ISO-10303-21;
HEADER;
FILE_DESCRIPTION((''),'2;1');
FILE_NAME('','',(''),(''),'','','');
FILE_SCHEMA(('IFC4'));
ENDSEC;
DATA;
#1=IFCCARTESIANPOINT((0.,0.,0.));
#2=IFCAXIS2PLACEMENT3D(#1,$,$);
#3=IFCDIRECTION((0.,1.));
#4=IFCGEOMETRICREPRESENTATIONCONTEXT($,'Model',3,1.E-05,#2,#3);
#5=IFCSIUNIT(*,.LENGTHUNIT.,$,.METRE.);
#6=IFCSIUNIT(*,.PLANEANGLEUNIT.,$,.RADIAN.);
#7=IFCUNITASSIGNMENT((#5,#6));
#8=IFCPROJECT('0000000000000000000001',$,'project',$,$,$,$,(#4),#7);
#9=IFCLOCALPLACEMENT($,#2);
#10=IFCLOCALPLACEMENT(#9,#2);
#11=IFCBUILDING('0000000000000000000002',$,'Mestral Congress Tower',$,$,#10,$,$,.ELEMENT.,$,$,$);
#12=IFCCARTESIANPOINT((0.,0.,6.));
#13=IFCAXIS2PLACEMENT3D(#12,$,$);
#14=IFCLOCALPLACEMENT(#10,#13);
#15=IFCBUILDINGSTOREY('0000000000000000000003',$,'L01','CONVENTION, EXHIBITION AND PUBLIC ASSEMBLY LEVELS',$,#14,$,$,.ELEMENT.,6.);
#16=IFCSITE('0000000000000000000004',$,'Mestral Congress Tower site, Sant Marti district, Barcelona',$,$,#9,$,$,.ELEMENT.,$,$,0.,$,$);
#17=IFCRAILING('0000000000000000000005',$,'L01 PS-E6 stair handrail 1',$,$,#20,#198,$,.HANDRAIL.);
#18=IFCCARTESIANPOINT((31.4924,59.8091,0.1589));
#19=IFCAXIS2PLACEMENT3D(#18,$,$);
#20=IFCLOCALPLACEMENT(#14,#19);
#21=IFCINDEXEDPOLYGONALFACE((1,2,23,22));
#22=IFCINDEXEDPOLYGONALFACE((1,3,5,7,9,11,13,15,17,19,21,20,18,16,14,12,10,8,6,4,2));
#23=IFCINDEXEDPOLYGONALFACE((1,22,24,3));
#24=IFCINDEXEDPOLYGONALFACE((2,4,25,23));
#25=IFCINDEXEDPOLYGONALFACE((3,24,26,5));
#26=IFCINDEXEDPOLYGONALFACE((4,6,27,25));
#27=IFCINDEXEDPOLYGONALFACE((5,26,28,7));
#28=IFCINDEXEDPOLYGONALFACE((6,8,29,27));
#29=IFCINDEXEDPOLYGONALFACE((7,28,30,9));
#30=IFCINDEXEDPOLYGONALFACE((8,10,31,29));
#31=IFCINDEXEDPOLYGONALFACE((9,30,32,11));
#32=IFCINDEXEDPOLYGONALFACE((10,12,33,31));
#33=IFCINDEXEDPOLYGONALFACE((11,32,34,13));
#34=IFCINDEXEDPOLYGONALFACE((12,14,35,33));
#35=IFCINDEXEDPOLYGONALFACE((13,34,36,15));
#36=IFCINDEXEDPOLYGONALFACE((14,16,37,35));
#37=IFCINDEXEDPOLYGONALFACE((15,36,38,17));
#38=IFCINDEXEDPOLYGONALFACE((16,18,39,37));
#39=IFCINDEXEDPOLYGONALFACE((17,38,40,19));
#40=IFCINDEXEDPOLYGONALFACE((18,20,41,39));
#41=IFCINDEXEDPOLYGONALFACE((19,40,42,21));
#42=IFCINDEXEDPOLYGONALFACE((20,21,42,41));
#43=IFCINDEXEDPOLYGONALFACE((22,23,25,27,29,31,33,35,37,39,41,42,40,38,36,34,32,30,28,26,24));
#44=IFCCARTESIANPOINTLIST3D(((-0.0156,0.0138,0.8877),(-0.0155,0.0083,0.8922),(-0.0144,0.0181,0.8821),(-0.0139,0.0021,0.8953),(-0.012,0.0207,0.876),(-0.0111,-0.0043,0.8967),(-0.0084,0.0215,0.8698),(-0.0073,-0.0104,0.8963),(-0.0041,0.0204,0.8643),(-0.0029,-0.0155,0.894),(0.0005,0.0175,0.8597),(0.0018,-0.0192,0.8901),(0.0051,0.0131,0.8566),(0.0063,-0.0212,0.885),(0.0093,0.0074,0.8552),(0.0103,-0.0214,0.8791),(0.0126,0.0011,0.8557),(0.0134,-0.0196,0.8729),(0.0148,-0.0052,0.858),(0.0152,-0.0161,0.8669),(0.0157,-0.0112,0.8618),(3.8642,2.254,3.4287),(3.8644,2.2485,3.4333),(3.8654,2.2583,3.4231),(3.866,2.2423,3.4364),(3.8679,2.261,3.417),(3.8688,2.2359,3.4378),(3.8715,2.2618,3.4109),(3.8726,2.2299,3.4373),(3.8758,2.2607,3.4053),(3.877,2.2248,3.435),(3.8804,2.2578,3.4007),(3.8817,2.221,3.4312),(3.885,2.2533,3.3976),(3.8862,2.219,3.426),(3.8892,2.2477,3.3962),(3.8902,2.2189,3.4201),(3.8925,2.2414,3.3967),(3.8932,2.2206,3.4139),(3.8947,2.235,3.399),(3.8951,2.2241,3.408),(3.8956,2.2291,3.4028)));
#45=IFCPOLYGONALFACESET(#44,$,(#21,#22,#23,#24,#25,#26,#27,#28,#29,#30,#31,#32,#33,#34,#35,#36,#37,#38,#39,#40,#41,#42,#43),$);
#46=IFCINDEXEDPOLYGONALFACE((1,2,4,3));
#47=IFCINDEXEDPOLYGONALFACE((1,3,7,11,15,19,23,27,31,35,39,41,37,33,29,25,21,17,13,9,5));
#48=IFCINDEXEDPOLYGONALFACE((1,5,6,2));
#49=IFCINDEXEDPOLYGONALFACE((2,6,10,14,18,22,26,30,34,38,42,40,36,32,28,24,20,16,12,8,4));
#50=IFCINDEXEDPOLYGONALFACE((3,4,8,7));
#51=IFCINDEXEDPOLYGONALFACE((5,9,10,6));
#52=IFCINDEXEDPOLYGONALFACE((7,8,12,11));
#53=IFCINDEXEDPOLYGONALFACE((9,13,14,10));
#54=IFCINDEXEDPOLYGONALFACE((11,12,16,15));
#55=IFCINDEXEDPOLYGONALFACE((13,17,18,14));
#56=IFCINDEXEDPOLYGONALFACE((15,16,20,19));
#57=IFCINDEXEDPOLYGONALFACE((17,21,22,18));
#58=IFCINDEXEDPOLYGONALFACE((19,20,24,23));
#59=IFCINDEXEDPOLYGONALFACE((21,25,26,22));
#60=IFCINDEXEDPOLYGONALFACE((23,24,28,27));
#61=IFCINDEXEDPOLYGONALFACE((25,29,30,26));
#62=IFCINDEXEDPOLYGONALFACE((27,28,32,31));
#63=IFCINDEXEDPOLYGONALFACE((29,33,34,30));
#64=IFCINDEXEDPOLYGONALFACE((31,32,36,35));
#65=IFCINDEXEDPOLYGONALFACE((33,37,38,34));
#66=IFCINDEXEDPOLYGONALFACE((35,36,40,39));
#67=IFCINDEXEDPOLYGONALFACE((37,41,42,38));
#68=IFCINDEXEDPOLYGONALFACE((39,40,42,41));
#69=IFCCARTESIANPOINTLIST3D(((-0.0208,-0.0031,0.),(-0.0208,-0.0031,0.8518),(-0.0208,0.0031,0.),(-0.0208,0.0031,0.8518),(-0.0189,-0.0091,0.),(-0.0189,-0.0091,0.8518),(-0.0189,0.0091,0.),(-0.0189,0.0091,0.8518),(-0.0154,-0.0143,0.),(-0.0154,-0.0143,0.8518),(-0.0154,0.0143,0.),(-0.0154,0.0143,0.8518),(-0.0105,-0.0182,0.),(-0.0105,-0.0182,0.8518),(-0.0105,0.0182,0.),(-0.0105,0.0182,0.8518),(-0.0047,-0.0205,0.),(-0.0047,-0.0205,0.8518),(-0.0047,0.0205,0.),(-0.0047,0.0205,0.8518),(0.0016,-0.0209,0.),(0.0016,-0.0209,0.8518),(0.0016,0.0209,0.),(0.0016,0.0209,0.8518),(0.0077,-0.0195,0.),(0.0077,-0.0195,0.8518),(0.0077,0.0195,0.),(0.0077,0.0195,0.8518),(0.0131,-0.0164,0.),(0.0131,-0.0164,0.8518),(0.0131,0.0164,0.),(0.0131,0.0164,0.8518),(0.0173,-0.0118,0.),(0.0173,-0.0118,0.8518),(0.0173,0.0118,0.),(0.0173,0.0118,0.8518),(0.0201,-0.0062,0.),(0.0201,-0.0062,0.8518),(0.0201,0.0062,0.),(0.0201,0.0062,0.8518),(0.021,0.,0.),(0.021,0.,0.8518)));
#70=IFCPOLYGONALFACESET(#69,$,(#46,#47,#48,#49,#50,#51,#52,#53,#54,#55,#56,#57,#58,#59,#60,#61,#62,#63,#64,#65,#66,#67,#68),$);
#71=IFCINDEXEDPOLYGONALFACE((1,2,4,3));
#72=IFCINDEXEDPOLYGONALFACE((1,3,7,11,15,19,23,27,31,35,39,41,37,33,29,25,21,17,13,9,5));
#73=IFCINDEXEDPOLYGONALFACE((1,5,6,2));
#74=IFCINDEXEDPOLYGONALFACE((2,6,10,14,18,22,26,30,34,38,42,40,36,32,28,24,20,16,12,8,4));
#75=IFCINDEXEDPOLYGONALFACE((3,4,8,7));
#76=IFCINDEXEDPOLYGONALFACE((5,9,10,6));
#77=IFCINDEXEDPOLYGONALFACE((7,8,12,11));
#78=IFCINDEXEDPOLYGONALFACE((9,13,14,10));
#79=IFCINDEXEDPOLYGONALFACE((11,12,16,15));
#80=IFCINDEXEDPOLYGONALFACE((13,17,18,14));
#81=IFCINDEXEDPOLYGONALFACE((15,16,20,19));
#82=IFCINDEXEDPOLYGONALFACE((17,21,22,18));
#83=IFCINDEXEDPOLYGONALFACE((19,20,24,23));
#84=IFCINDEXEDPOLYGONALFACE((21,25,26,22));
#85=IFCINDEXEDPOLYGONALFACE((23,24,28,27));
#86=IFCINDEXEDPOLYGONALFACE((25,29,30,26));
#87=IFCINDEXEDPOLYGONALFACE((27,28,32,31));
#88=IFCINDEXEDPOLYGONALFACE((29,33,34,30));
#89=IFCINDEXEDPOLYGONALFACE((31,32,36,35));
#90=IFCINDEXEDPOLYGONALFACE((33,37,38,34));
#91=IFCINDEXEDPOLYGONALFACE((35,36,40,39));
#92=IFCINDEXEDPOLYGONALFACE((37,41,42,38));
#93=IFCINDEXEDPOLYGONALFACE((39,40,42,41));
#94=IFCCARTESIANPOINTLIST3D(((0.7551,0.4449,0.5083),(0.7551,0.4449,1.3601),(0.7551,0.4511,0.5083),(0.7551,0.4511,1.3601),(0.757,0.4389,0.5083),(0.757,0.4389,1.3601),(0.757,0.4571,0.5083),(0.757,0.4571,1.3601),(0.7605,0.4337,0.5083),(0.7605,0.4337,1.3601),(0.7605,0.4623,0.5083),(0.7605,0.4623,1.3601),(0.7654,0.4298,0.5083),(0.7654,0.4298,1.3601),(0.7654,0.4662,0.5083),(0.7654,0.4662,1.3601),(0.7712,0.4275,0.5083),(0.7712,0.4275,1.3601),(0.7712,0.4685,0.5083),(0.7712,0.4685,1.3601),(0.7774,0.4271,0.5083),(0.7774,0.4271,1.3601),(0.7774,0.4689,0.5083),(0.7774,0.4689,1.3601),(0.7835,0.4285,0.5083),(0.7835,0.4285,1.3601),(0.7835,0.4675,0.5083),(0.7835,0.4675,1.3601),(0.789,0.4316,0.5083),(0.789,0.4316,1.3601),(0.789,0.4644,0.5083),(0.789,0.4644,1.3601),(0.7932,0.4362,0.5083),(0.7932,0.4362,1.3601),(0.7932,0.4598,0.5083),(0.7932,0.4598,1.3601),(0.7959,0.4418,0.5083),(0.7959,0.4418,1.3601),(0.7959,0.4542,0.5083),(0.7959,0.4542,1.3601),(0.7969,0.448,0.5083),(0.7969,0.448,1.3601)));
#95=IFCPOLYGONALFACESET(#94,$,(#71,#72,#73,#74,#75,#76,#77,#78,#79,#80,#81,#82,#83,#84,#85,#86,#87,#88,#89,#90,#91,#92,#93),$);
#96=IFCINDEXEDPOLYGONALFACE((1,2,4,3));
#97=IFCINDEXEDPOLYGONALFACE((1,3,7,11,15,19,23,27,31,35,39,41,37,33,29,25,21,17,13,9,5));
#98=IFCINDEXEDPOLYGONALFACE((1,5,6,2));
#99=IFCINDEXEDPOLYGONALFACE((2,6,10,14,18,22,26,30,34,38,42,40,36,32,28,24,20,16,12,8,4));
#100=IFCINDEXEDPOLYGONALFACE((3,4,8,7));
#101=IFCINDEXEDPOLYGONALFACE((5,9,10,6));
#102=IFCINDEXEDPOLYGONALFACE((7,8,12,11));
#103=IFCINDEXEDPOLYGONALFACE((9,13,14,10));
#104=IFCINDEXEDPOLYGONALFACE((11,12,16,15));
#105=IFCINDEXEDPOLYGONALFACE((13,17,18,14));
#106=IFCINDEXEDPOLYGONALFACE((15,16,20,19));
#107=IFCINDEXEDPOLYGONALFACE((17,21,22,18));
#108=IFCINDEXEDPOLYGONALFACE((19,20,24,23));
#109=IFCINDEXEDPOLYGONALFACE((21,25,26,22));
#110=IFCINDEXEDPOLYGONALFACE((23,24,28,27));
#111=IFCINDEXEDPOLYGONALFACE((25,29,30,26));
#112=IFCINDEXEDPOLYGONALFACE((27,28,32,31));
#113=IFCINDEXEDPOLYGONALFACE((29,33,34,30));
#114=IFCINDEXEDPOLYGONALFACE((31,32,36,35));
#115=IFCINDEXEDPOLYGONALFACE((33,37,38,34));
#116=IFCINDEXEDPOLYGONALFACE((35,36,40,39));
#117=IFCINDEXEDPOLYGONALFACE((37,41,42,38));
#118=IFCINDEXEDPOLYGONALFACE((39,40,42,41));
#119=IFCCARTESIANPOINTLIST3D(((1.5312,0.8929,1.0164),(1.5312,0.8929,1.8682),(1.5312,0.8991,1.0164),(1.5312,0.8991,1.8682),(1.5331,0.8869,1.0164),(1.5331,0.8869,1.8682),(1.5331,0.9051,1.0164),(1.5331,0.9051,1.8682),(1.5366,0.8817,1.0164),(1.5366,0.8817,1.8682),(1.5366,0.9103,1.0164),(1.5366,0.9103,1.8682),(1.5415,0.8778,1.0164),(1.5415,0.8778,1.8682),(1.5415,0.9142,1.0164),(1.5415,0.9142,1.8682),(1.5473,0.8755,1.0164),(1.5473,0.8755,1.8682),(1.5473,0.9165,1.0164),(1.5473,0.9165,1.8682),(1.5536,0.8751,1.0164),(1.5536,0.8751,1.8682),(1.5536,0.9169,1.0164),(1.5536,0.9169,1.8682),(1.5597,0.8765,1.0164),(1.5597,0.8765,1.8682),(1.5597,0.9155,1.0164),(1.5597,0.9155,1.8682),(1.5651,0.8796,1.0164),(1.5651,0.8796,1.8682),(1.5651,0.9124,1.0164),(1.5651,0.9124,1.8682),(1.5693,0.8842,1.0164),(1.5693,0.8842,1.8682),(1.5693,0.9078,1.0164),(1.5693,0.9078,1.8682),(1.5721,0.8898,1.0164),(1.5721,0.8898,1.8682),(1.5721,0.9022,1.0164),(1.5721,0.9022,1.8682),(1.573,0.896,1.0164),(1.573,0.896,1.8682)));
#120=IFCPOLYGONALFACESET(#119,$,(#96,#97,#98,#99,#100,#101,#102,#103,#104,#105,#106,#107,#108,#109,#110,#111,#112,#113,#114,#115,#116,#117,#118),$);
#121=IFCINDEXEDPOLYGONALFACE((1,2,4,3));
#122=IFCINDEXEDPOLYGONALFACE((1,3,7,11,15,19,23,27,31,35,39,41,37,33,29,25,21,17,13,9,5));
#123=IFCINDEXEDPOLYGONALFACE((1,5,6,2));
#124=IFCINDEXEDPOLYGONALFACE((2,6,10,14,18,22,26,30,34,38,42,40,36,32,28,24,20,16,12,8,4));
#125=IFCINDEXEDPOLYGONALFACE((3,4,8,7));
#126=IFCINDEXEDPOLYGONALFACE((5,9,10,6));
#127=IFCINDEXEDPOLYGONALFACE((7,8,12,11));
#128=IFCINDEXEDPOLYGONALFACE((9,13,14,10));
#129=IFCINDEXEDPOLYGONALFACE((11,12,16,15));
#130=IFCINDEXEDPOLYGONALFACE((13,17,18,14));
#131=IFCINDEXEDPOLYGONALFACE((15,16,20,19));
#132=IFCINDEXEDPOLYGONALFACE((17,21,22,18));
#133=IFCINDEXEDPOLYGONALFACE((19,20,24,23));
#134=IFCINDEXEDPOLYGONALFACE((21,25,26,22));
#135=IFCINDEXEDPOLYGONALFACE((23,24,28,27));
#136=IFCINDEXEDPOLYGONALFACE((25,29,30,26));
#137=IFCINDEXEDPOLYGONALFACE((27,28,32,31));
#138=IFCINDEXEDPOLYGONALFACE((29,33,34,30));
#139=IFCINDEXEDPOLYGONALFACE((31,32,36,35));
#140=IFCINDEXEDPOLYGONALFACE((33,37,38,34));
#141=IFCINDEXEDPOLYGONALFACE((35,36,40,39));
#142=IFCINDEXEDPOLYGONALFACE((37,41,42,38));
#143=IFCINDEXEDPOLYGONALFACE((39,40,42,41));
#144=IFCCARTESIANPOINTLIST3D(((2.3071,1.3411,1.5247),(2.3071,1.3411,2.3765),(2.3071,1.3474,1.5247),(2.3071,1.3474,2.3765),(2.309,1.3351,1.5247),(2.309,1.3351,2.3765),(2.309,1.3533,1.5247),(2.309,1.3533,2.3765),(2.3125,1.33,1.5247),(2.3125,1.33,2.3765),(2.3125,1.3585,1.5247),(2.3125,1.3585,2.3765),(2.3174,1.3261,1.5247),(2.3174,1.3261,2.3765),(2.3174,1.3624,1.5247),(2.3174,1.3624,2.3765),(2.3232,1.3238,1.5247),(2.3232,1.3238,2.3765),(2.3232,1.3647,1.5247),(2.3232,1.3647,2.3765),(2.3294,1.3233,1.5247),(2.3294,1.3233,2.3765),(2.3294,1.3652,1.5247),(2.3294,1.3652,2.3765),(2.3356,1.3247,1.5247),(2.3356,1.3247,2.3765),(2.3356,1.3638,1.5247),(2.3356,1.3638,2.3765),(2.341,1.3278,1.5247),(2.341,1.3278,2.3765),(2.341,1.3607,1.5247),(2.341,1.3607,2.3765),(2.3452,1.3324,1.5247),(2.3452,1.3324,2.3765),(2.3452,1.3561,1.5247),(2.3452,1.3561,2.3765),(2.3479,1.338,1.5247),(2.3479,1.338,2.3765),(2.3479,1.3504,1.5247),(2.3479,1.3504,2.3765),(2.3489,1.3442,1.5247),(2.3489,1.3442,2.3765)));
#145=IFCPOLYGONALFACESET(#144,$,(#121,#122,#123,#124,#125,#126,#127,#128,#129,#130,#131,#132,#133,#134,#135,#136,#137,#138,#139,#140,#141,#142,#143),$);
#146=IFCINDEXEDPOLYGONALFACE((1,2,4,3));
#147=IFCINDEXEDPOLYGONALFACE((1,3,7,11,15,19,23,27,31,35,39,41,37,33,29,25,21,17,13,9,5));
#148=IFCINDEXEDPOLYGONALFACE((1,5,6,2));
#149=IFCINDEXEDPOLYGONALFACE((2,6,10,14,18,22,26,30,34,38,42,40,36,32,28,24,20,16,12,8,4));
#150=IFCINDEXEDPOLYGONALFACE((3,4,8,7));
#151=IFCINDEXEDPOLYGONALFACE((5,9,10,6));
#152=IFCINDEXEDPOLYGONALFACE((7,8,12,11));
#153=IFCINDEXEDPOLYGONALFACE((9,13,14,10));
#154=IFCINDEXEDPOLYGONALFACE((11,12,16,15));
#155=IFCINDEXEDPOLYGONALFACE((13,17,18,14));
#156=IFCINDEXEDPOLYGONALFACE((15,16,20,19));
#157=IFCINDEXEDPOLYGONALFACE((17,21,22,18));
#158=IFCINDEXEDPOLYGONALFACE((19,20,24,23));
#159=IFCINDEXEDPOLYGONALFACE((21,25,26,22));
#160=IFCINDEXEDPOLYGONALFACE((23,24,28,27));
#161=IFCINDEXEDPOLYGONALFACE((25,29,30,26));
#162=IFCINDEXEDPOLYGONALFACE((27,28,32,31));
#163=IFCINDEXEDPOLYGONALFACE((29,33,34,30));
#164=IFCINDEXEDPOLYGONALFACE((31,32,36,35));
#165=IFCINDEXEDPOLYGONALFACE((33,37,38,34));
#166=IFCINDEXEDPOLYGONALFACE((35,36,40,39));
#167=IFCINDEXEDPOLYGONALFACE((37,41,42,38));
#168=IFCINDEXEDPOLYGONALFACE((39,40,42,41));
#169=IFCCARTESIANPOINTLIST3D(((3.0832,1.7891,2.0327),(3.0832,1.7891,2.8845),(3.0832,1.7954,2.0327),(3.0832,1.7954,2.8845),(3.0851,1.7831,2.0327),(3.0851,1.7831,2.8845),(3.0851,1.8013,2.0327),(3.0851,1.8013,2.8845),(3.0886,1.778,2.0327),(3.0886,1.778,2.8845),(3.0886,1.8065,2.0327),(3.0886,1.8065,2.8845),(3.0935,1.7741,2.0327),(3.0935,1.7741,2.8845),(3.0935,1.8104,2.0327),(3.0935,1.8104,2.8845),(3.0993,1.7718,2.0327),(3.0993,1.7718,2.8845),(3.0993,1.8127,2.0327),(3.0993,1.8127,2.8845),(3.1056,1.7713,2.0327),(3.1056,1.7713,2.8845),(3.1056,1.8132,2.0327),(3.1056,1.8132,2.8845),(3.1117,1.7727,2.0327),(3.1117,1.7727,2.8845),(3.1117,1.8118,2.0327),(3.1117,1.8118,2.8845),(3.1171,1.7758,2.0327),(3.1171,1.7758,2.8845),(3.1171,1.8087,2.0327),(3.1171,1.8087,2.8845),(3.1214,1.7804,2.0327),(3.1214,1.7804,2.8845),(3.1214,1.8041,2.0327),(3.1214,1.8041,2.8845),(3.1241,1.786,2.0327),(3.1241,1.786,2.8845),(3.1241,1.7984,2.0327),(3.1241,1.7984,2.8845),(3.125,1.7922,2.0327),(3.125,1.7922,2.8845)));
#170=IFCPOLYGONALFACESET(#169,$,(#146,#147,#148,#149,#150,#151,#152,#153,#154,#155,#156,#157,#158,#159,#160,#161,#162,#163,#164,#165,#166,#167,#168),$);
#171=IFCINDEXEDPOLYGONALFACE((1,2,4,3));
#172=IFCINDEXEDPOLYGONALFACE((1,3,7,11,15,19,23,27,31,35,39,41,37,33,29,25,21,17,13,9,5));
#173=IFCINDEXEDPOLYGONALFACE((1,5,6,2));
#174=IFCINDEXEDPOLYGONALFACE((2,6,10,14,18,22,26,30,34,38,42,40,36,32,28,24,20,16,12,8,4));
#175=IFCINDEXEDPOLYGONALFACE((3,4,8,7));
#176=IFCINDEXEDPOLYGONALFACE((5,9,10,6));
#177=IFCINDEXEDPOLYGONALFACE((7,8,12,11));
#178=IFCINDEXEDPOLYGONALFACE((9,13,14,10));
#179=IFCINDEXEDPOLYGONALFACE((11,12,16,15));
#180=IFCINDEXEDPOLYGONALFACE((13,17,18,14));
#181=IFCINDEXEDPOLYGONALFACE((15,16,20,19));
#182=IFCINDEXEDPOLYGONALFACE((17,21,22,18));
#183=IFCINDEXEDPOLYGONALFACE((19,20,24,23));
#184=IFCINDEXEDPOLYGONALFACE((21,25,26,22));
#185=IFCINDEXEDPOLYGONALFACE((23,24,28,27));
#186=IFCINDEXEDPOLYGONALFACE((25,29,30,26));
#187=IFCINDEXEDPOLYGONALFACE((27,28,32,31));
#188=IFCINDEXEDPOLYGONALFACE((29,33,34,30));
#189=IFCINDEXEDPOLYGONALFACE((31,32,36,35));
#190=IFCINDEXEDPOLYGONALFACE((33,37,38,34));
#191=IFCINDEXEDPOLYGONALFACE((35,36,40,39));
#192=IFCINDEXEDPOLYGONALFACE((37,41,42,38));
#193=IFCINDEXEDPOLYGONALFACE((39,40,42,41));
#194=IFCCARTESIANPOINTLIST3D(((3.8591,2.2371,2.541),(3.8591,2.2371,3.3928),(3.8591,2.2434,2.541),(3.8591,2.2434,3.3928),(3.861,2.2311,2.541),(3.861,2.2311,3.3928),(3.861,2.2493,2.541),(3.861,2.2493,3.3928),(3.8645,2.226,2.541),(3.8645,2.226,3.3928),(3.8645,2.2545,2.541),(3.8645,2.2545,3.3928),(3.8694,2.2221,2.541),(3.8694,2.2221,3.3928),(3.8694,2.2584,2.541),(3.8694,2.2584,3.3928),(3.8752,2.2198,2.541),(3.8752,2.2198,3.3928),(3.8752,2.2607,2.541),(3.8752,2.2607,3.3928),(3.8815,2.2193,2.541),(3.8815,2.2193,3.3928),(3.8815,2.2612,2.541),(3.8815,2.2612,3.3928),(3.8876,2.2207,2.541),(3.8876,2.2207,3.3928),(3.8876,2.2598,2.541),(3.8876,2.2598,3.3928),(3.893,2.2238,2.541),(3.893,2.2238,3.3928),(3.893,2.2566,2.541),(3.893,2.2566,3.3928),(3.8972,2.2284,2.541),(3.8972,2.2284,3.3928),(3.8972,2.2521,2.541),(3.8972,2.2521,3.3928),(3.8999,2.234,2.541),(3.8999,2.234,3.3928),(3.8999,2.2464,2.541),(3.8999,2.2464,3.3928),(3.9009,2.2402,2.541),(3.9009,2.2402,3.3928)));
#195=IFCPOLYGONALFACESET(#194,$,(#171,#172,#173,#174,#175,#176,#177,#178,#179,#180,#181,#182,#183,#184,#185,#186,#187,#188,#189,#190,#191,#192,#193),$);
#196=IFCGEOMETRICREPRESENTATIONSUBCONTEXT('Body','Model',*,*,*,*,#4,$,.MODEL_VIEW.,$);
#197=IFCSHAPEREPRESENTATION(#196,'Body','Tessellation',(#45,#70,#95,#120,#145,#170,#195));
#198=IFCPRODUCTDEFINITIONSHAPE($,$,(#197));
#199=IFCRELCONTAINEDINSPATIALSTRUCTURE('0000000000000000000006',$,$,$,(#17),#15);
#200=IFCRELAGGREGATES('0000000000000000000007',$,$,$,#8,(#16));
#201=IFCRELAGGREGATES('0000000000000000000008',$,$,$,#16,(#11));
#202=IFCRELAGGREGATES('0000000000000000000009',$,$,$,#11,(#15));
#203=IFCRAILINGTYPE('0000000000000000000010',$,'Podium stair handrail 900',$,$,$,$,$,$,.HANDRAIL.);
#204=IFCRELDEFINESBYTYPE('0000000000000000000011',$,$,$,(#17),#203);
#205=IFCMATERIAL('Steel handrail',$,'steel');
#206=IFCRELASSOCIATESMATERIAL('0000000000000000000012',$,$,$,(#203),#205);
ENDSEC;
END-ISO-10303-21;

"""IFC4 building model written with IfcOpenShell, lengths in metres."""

from ifc_helpers import new_model, si_unit, direction, frame, origin, origin_2d, place, context, subcontext, project, spatial, circle, extrude, material, type_object, element, save


model = new_model("IFC4")

# Units and contexts
model_context = context("Model", 3, precision=1e-05, world=origin(), true_north=direction((0.0, 1.0)))
body_context = subcontext(model_context, "Body", "Model", "MODEL_VIEW")
ifc_project = project(units=[si_unit("LENGTHUNIT", "METRE"), si_unit("PLANEANGLEUNIT", "RADIAN")], contexts=[model_context])

# Site, building, storey
site_placement = place(None, origin())
site = spatial("IfcSite", under=ifc_project, at=site_placement, Name="Mestral Congress Tower site, Sant Marti district, Barcelona", CompositionType="ELEMENT", RefElevation=0.0)
building_placement = place(site_placement, origin())
building = spatial("IfcBuilding", under=site, at=building_placement, Name="Mestral Congress Tower", CompositionType="ELEMENT")
storey_placement = place(building_placement, frame((0.0, 0.0, 6.0)))
storey = spatial("IfcBuildingStorey", under=building, at=storey_placement, Name="L01", Description="CONVENTION, EXHIBITION AND PUBLIC ASSEMBLY LEVELS", CompositionType="ELEMENT", Elevation=6.0)

# Railing
ifc_material_1 = material(Name="Steel handrail", Category="steel")
railing_type_1 = type_object("IfcRailingType", Name="Podium stair handrail 900", PredefinedType="HANDRAIL", material=ifc_material_1)
railing_1_placement = place(storey_placement, frame((31.4924, 59.8091, 0.1589)))
element("IfcRailing", 1, at=railing_1_placement, inside=storey, type_object=railing_type_1, Name="L01 PS-E6 stair handrail 1", PredefinedType="HANDRAIL", context=body_context, shape_type="SweptSolid", body=[
    extrude(circle(Radius=0.0239, at=origin_2d()), frame((0.0, 0.0, 0.876), z_axis=(0.753284, 0.434944, 0.493342), x_axis=(-0.500031, 0.866008, 0.0)), (0.0, 0.0, 1.0), 5.1506),
    extrude(circle(Radius=0.021, at=origin_2d()), origin(), (0.0, 0.0, 1.0), 0.8518),
    extrude(circle(Radius=0.021, at=origin_2d()), frame((0.7759, 0.448, 0.5083)), (0.0, 0.0, 1.0), 0.8518),
    extrude(circle(Radius=0.021, at=origin_2d()), frame((1.552, 0.896, 1.0164)), (0.0, 0.0, 1.0), 0.8518),
    extrude(circle(Radius=0.021, at=origin_2d()), frame((2.3279, 1.3442, 1.5247)), (0.0, 0.0, 1.0), 0.8518),
    extrude(circle(Radius=0.021, at=origin_2d()), frame((3.104, 1.7922, 2.0327)), (0.0, 0.0, 1.0), 0.8518),
    extrude(circle(Radius=0.021, at=origin_2d()), frame((3.8799, 2.2402, 2.541)), (0.0, 0.0, 1.0), 0.8518),
])

save(model, "model.ifc")
